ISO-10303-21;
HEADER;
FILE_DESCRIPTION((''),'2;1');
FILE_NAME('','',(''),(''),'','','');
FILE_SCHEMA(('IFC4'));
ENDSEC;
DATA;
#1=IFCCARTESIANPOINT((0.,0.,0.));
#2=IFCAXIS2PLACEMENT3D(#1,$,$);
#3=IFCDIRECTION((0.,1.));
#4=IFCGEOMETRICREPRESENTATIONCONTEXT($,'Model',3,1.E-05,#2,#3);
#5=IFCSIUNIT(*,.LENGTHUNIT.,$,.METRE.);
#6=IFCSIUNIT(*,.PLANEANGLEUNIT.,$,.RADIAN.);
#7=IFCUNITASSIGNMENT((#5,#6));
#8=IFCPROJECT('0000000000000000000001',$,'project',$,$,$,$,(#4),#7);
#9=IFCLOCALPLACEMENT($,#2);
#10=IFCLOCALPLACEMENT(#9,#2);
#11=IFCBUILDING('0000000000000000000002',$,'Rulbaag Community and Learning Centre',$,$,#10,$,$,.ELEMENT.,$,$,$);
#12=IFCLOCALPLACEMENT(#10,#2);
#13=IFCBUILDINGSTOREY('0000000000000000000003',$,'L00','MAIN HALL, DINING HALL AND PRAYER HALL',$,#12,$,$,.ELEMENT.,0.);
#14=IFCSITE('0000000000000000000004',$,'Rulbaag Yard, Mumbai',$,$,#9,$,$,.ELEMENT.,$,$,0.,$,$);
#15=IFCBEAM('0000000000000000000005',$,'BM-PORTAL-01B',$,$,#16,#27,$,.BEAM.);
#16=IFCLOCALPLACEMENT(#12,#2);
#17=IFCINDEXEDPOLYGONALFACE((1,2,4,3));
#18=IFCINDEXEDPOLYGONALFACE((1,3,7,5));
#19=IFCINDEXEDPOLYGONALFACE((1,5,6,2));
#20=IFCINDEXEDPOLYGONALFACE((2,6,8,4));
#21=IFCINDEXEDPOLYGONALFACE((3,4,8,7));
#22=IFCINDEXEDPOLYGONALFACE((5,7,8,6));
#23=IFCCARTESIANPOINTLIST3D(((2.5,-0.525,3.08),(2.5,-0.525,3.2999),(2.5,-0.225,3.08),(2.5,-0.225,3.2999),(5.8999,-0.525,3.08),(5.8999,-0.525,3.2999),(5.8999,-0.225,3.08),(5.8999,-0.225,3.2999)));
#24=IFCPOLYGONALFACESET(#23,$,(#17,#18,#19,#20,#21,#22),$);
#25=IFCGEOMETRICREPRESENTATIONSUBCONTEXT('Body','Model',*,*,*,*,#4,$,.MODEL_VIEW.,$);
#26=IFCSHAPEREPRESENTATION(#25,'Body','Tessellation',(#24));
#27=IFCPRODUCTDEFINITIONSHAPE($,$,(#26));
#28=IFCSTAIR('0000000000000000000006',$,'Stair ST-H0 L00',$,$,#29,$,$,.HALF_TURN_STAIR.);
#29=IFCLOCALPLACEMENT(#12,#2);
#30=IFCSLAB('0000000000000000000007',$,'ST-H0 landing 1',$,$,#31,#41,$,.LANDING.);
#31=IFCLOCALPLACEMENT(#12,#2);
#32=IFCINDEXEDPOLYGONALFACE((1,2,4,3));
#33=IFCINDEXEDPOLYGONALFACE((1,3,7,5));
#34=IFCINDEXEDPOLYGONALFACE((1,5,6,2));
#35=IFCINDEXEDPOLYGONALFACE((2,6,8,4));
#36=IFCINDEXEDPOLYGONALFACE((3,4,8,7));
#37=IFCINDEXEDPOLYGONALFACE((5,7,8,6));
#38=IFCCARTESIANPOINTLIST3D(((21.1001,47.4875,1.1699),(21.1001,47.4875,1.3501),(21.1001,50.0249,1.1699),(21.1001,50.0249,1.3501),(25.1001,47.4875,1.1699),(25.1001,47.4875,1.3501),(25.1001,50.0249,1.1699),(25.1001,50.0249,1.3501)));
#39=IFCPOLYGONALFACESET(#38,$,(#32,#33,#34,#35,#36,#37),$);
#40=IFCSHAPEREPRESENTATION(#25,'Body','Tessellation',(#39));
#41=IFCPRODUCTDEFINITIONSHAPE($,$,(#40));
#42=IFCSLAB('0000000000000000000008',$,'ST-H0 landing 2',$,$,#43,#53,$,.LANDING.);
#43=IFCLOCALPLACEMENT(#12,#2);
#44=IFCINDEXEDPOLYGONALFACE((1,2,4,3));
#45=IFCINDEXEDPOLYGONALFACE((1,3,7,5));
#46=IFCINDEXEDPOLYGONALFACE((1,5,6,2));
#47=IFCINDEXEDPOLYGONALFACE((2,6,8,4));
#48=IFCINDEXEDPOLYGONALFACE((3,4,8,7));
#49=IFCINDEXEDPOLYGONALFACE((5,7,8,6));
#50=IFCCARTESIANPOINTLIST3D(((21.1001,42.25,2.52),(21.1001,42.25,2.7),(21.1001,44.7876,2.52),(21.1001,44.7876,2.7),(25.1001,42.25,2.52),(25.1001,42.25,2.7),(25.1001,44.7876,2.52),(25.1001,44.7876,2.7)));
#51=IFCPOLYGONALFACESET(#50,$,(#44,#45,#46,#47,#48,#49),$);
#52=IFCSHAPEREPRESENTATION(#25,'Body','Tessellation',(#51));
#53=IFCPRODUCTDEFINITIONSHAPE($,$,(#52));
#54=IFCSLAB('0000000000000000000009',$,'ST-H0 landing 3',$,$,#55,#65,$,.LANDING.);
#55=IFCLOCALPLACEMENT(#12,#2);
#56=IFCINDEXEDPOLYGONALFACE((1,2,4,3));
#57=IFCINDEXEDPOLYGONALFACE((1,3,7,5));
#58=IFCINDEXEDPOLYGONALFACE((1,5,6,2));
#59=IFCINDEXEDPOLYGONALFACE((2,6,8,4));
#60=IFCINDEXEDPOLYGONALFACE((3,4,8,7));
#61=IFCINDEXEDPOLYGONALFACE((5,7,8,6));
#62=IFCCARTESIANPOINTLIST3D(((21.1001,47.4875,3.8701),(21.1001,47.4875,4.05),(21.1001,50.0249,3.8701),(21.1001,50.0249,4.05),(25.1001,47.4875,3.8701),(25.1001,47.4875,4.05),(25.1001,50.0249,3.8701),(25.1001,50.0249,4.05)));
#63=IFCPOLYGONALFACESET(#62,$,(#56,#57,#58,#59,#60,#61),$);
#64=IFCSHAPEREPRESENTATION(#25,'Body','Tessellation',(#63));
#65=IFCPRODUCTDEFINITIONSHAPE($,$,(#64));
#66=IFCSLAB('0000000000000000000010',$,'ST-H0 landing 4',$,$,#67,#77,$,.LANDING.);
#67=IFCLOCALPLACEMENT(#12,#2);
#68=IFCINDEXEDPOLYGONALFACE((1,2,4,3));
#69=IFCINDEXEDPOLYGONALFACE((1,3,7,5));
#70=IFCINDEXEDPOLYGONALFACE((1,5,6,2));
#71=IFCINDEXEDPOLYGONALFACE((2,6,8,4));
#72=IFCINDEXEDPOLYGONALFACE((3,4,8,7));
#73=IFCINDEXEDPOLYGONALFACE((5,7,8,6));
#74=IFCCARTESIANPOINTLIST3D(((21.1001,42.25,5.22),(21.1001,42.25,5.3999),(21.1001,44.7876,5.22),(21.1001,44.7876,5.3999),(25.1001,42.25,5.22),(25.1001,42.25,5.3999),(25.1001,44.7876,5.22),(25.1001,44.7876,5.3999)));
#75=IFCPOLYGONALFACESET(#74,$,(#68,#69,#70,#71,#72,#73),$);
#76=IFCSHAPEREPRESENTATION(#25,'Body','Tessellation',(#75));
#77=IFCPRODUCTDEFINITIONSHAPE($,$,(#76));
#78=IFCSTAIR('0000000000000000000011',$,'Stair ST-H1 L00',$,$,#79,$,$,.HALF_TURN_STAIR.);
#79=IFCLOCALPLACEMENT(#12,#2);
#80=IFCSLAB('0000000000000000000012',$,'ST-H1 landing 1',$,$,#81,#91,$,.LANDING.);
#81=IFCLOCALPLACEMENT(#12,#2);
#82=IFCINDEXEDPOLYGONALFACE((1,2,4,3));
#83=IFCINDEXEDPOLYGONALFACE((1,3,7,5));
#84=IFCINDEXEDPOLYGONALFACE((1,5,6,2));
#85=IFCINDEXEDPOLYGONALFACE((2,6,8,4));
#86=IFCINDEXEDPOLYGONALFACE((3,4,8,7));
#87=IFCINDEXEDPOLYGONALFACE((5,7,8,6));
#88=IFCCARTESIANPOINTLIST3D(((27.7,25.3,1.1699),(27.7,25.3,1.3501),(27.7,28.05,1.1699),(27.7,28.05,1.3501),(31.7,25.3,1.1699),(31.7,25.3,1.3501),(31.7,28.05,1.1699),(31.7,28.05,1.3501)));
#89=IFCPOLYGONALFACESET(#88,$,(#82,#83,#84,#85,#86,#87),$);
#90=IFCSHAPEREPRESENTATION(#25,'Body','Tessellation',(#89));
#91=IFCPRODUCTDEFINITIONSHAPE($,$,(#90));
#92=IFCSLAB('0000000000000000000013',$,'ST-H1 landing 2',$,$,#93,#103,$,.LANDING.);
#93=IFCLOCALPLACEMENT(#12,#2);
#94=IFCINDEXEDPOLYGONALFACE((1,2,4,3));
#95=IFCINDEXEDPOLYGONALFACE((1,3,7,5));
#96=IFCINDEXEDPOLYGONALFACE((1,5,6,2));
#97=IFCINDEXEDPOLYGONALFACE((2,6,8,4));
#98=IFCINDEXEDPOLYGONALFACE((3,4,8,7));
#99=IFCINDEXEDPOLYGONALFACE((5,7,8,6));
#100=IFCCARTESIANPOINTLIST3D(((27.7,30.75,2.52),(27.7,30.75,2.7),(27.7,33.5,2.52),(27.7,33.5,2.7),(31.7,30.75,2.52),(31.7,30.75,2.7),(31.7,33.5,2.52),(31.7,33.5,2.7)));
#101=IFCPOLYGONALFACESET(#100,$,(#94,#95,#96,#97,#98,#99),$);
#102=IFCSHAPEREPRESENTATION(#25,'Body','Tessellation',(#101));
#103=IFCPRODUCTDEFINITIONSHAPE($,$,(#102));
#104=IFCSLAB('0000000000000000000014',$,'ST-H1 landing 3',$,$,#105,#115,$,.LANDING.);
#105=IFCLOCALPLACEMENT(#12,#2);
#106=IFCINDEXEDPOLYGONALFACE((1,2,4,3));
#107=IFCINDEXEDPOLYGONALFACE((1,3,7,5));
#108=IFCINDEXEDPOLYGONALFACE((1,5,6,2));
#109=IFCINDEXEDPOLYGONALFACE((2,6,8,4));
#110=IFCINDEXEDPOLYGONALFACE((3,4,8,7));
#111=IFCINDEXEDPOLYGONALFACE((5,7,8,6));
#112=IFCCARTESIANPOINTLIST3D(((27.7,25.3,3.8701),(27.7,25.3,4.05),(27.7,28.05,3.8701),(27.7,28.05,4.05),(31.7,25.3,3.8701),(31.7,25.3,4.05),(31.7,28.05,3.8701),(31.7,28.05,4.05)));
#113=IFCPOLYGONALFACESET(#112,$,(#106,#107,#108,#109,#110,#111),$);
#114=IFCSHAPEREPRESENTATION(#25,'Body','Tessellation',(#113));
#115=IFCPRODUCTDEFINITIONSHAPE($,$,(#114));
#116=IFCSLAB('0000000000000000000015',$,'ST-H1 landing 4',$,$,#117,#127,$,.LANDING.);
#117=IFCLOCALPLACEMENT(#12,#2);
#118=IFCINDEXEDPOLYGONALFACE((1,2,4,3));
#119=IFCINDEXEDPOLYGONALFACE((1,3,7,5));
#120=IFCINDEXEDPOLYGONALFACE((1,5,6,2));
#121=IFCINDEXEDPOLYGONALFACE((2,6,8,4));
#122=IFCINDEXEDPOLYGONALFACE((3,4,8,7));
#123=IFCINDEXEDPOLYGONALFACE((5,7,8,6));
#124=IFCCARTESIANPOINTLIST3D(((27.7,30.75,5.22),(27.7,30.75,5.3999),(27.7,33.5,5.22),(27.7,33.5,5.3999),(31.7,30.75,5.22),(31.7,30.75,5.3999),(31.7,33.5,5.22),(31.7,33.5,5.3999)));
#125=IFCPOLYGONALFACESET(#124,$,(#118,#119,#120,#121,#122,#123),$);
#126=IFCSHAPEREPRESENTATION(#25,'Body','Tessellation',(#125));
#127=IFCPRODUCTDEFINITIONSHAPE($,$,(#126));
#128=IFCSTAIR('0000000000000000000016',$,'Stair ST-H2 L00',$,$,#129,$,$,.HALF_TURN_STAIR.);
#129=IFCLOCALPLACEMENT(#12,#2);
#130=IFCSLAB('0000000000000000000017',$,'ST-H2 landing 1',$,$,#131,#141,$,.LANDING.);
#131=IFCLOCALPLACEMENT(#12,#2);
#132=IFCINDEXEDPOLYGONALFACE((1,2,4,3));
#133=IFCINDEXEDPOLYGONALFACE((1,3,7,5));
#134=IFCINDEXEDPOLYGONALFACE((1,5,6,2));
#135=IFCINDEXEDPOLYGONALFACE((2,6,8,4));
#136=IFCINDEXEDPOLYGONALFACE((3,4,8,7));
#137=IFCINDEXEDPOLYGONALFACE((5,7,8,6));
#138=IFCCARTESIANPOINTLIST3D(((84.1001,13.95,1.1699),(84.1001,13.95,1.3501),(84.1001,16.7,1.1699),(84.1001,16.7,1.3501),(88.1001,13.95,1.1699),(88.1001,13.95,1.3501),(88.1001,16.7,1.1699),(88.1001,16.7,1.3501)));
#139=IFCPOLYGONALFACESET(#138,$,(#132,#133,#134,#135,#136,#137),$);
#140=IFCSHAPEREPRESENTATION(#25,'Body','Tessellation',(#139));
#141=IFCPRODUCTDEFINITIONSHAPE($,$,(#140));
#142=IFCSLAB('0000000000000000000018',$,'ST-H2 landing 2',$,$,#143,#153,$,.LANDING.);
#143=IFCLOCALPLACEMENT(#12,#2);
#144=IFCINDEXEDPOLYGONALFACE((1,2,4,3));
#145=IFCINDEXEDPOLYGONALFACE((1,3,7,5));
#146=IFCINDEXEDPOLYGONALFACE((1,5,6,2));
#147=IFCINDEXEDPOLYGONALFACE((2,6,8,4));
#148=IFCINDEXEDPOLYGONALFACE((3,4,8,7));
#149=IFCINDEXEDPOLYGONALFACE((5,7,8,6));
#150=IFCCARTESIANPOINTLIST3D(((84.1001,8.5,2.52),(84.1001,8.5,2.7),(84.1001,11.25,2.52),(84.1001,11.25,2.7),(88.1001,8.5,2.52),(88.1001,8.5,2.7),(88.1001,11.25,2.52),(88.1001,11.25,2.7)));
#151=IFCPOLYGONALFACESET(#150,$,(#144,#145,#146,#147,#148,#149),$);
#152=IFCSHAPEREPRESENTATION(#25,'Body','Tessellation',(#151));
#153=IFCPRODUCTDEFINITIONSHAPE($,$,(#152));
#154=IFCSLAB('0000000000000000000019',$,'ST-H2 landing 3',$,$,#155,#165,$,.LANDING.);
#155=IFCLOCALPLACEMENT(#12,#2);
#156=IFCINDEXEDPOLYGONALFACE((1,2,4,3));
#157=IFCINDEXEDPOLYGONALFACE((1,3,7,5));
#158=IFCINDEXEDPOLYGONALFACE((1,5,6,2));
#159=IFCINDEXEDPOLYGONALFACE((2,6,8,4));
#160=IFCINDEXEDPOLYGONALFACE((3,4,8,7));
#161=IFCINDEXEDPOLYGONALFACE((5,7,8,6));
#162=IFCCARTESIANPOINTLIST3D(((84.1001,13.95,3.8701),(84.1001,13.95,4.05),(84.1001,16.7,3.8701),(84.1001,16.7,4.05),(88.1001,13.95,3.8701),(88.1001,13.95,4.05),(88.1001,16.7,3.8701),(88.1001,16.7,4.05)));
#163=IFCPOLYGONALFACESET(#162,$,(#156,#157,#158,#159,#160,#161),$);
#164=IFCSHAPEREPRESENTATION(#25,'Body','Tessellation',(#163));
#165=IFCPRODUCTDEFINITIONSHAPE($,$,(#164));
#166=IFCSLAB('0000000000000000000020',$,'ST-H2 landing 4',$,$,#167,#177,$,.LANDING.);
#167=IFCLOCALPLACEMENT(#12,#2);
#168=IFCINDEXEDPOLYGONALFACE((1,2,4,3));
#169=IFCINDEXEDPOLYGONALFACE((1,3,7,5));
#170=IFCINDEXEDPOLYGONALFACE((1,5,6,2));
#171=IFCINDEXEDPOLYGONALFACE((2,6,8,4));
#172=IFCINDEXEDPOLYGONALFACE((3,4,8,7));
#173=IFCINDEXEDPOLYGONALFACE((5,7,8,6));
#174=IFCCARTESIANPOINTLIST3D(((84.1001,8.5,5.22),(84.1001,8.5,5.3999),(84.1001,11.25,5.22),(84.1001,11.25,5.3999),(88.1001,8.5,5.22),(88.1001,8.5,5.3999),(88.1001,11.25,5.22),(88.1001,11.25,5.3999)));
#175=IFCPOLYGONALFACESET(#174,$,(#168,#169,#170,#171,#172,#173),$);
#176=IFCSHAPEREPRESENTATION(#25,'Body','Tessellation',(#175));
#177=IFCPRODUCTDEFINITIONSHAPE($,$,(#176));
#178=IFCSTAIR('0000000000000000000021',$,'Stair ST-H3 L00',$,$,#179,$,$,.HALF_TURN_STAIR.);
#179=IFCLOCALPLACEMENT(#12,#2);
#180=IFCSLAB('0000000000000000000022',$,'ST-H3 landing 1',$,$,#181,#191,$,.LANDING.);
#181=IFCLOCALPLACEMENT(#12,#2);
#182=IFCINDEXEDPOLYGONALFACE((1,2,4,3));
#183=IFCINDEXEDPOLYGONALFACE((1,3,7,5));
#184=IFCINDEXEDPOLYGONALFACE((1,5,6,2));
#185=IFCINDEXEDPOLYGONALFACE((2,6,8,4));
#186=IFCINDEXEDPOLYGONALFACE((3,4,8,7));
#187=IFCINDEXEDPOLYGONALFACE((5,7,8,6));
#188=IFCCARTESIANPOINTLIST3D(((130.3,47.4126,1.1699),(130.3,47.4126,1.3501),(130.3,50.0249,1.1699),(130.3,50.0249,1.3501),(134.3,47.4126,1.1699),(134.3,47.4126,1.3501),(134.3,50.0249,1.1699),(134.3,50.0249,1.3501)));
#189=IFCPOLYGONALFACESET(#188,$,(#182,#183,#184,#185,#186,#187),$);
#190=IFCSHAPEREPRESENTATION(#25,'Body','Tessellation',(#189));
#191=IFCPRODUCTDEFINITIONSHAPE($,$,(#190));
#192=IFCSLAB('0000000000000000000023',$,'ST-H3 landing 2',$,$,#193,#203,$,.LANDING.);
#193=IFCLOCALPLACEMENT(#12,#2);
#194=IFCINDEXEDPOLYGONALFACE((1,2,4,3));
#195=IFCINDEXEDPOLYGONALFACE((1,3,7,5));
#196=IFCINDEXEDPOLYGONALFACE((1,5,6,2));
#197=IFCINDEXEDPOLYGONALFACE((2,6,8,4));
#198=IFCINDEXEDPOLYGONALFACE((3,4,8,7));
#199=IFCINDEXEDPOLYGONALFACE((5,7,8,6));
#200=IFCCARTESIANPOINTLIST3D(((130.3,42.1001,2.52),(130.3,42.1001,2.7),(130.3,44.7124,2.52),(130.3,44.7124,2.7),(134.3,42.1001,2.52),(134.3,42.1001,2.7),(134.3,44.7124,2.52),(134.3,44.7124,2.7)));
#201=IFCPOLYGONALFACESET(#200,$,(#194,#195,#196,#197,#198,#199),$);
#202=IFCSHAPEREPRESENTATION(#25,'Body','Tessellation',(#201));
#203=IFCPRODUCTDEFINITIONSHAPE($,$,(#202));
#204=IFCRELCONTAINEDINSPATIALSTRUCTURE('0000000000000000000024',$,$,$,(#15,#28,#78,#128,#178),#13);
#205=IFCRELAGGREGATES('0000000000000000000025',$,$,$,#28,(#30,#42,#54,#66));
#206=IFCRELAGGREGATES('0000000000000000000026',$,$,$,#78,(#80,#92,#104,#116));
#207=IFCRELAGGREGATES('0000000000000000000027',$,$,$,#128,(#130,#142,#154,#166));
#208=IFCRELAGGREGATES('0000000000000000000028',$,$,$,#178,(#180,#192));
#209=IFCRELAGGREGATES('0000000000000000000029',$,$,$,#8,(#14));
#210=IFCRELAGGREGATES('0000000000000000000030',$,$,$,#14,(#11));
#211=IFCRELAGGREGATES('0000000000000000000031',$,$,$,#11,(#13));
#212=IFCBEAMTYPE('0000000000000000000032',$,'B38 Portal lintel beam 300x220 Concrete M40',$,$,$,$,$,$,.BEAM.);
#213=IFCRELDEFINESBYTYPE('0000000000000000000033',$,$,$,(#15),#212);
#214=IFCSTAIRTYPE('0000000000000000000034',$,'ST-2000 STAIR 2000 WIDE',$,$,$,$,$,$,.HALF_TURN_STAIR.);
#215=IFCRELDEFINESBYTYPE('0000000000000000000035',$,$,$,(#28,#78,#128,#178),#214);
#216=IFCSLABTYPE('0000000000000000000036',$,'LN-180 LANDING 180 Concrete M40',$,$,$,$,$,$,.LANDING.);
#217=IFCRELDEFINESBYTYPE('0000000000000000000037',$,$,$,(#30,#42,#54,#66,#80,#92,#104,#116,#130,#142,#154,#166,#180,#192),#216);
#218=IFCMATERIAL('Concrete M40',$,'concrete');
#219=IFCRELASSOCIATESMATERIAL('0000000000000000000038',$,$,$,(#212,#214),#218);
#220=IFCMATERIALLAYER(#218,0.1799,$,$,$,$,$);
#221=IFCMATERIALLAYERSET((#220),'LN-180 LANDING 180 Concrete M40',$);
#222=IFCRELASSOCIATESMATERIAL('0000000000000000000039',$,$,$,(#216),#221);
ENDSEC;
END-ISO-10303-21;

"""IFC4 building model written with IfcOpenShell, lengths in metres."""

from ifc_helpers import new_model, si_unit, direction, frame, origin, origin_2d, place, context, subcontext, project, spatial, polyline, rectangle, outline, extrude, material, layer, layer_set, material_profile, profile_set, type_object, element, aggregate, save


model = new_model("IFC4")

# Units and contexts
model_context = context("Model", 3, precision=1e-05, world=origin(), true_north=direction((0.0, 1.0)))
body_context = subcontext(model_context, "Body", "Model", "MODEL_VIEW")
ifc_project = project(units=[si_unit("LENGTHUNIT", "METRE"), si_unit("PLANEANGLEUNIT", "RADIAN")], contexts=[model_context])

# Site, building, storey
site_placement = place(None, origin())
site = spatial("IfcSite", under=ifc_project, at=site_placement, Name="Rulbaag Yard, Mumbai", CompositionType="ELEMENT", RefElevation=0.0)
building_placement = place(site_placement, origin())
building = spatial("IfcBuilding", under=site, at=building_placement, Name="Rulbaag Community and Learning Centre", CompositionType="ELEMENT")
storey_placement = place(building_placement, origin())
storey = spatial("IfcBuildingStorey", under=building, at=storey_placement, Name="L00", Description="MAIN HALL, DINING HALL AND PRAYER HALL", CompositionType="ELEMENT", Elevation=0.0)

# Beam
ifc_material = material(Name="Concrete M40", Category="concrete")
ifc_material_profile = material_profile(ifc_material, rectangle(XDim=0.3, YDim=0.22, at=origin_2d()), Name="RB300x220")
ifc_profile_set = profile_set([ifc_material_profile], Name="Concrete M40")
beam_type = type_object("IfcBeamType", Name="B38 Portal lintel beam 300x220 Concrete M40", PredefinedType="BEAM", material=ifc_profile_set)
beam_placement = place(storey_placement, frame((2.5, -0.375, 3.1899), z_axis=(1.0, 0.0, 0.0), x_axis=(0.0, 1.0, 0.0)))
element("IfcBeam", 1, at=beam_placement, inside=storey, type_object=beam_type, Name="BM-PORTAL-01B", PredefinedType="BEAM", context=body_context, shape_type="SweptSolid", body=[
    extrude(rectangle(XDim=0.3, YDim=0.22, at=origin_2d()), origin(), (0.0, 0.0, 1.0), 3.3999),
])

# Stairs, slabs
stair_type = type_object("IfcStairType", Name="ST-2000 STAIR 2000 WIDE", PredefinedType="HALF_TURN_STAIR", material=ifc_material)
stair_1_placement = place(storey_placement, origin())
stair_1 = element("IfcStair", 2, at=stair_1_placement, inside=storey, type_object=stair_type, Name="Stair ST-H0 L00", PredefinedType="HALF_TURN_STAIR")
ifc_layer_1 = layer(ifc_material, 0.1799)
ifc_layer_set_1 = layer_set([ifc_layer_1], Name="LN-180 LANDING 180 Concrete M40")
slab_type_1 = type_object("IfcSlabType", Name="LN-180 LANDING 180 Concrete M40", PredefinedType="LANDING", material=ifc_layer_set_1)
slab_1_placement = place(storey_placement, frame((0.0, 0.0, 1.1699)))
slab_1 = element("IfcSlab", 3, at=slab_1_placement, type_object=slab_type_1, Name="ST-H0 landing 1", PredefinedType="LANDING", context=body_context, shape_type="SweptSolid", body=[
    extrude(outline(polyline([(21.1001, 47.4875), (21.1001, 50.0249), (25.1001, 50.0249), (25.1001, 47.4875), (21.1001, 47.4875)])), origin(), (0.0, 0.0, 1.0), 0.1802),
])
slab_2_placement = place(storey_placement, frame((0.0, 0.0, 2.52)))
slab_2 = element("IfcSlab", 4, at=slab_2_placement, type_object=slab_type_1, Name="ST-H0 landing 2", PredefinedType="LANDING", context=body_context, shape_type="SweptSolid", body=[
    extrude(outline(polyline([(21.1001, 42.25), (21.1001, 44.7876), (25.1001, 44.7876), (25.1001, 42.25), (21.1001, 42.25)])), origin(), (0.0, 0.0, 1.0), 0.1799),
])
slab_3_placement = place(storey_placement, frame((0.0, 0.0, 3.8701)))
slab_3 = element("IfcSlab", 5, at=slab_3_placement, type_object=slab_type_1, Name="ST-H0 landing 3", PredefinedType="LANDING", context=body_context, shape_type="SweptSolid", body=[
    extrude(outline(polyline([(21.1001, 47.4875), (21.1001, 50.0249), (25.1001, 50.0249), (25.1001, 47.4875), (21.1001, 47.4875)])), origin(), (0.0, 0.0, 1.0), 0.1799),
])
slab_4_placement = place(storey_placement, frame((0.0, 0.0, 5.22)))
slab_4 = element("IfcSlab", 6, at=slab_4_placement, type_object=slab_type_1, Name="ST-H0 landing 4", PredefinedType="LANDING", context=body_context, shape_type="SweptSolid", body=[
    extrude(outline(polyline([(21.1001, 42.25), (21.1001, 44.7876), (25.1001, 44.7876), (25.1001, 42.25), (21.1001, 42.25)])), origin(), (0.0, 0.0, 1.0), 0.1799),
])
aggregate(stair_1, [slab_1, slab_2, slab_3, slab_4])
stair_2_placement = place(storey_placement, origin())
stair_2 = element("IfcStair", 7, at=stair_2_placement, inside=storey, type_object=stair_type, Name="Stair ST-H1 L00", PredefinedType="HALF_TURN_STAIR")
slab_5_placement = place(storey_placement, frame((0.0, 0.0, 1.1699)))
slab_5 = element("IfcSlab", 8, at=slab_5_placement, type_object=slab_type_1, Name="ST-H1 landing 1", PredefinedType="LANDING", context=body_context, shape_type="SweptSolid", body=[
    extrude(outline(polyline([(27.7, 25.3), (27.7, 28.05), (31.7, 28.05), (31.7, 25.3), (27.7, 25.3)])), origin(), (0.0, 0.0, 1.0), 0.1802),
])
slab_6_placement = place(storey_placement, frame((0.0, 0.0, 2.52)))
slab_6 = element("IfcSlab", 9, at=slab_6_placement, type_object=slab_type_1, Name="ST-H1 landing 2", PredefinedType="LANDING", context=body_context, shape_type="SweptSolid", body=[
    extrude(outline(polyline([(27.7, 30.75), (27.7, 33.5), (31.7, 33.5), (31.7, 30.75), (27.7, 30.75)])), origin(), (0.0, 0.0, 1.0), 0.1799),
])
slab_7_placement = place(storey_placement, frame((0.0, 0.0, 3.8701)))
slab_7 = element("IfcSlab", 10, at=slab_7_placement, type_object=slab_type_1, Name="ST-H1 landing 3", PredefinedType="LANDING", context=body_context, shape_type="SweptSolid", body=[
    extrude(outline(polyline([(27.7, 25.3), (27.7, 28.05), (31.7, 28.05), (31.7, 25.3), (27.7, 25.3)])), origin(), (0.0, 0.0, 1.0), 0.1799),
])
slab_8_placement = place(storey_placement, frame((0.0, 0.0, 5.22)))
slab_8 = element("IfcSlab", 11, at=slab_8_placement, type_object=slab_type_1, Name="ST-H1 landing 4", PredefinedType="LANDING", context=body_context, shape_type="SweptSolid", body=[
    extrude(outline(polyline([(27.7, 30.75), (27.7, 33.5), (31.7, 33.5), (31.7, 30.75), (27.7, 30.75)])), origin(), (0.0, 0.0, 1.0), 0.1799),
])
aggregate(stair_2, [slab_5, slab_6, slab_7, slab_8])
stair_3_placement = place(storey_placement, origin())
stair_3 = element("IfcStair", 12, at=stair_3_placement, inside=storey, type_object=stair_type, Name="Stair ST-H2 L00", PredefinedType="HALF_TURN_STAIR")
slab_9_placement = place(storey_placement, frame((0.0, 0.0, 1.1699)))
slab_9 = element("IfcSlab", 13, at=slab_9_placement, type_object=slab_type_1, Name="ST-H2 landing 1", PredefinedType="LANDING", context=body_context, shape_type="SweptSolid", body=[
    extrude(outline(polyline([(84.1001, 13.95), (84.1001, 16.7), (88.1001, 16.7), (88.1001, 13.95), (84.1001, 13.95)])), origin(), (0.0, 0.0, 1.0), 0.1802),
])
slab_10_placement = place(storey_placement, frame((0.0, 0.0, 2.52)))
slab_10 = element("IfcSlab", 14, at=slab_10_placement, type_object=slab_type_1, Name="ST-H2 landing 2", PredefinedType="LANDING", context=body_context, shape_type="SweptSolid", body=[
    extrude(outline(polyline([(84.1001, 8.5), (84.1001, 11.25), (88.1001, 11.25), (88.1001, 8.5), (84.1001, 8.5)])), origin(), (0.0, 0.0, 1.0), 0.1799),
])
slab_11_placement = place(storey_placement, frame((0.0, 0.0, 3.8701)))
slab_11 = element("IfcSlab", 15, at=slab_11_placement, type_object=slab_type_1, Name="ST-H2 landing 3", PredefinedType="LANDING", context=body_context, shape_type="SweptSolid", body=[
    extrude(outline(polyline([(84.1001, 13.95), (84.1001, 16.7), (88.1001, 16.7), (88.1001, 13.95), (84.1001, 13.95)])), origin(), (0.0, 0.0, 1.0), 0.1799),
])
slab_12_placement = place(storey_placement, frame((0.0, 0.0, 5.22)))
slab_12 = element("IfcSlab", 16, at=slab_12_placement, type_object=slab_type_1, Name="ST-H2 landing 4", PredefinedType="LANDING", context=body_context, shape_type="SweptSolid", body=[
    extrude(outline(polyline([(84.1001, 8.5), (84.1001, 11.25), (88.1001, 11.25), (88.1001, 8.5), (84.1001, 8.5)])), origin(), (0.0, 0.0, 1.0), 0.1799),
])
aggregate(stair_3, [slab_9, slab_10, slab_11, slab_12])
stair_4_placement = place(storey_placement, origin())
stair_4 = element("IfcStair", 17, at=stair_4_placement, inside=storey, type_object=stair_type, Name="Stair ST-H3 L00", PredefinedType="HALF_TURN_STAIR")
slab_13_placement = place(storey_placement, frame((0.0, 0.0, 1.1699)))
slab_13 = element("IfcSlab", 18, at=slab_13_placement, type_object=slab_type_1, Name="ST-H3 landing 1", PredefinedType="LANDING", context=body_context, shape_type="SweptSolid", body=[
    extrude(outline(polyline([(130.3, 47.4126), (130.3, 50.0249), (134.3, 50.0249), (134.3, 47.4126), (130.3, 47.4126)])), origin(), (0.0, 0.0, 1.0), 0.1802),
])
slab_14_placement = place(storey_placement, frame((0.0, 0.0, 2.52)))
slab_14 = element("IfcSlab", 19, at=slab_14_placement, type_object=slab_type_1, Name="ST-H3 landing 2", PredefinedType="LANDING", context=body_context, shape_type="SweptSolid", body=[
    extrude(outline(polyline([(130.3, 42.1001), (130.3, 44.7124), (134.3, 44.7124), (134.3, 42.1001), (130.3, 42.1001)])), origin(), (0.0, 0.0, 1.0), 0.1799),
])
aggregate(stair_4, [slab_13, slab_14])

save(model, "model.ifc")
